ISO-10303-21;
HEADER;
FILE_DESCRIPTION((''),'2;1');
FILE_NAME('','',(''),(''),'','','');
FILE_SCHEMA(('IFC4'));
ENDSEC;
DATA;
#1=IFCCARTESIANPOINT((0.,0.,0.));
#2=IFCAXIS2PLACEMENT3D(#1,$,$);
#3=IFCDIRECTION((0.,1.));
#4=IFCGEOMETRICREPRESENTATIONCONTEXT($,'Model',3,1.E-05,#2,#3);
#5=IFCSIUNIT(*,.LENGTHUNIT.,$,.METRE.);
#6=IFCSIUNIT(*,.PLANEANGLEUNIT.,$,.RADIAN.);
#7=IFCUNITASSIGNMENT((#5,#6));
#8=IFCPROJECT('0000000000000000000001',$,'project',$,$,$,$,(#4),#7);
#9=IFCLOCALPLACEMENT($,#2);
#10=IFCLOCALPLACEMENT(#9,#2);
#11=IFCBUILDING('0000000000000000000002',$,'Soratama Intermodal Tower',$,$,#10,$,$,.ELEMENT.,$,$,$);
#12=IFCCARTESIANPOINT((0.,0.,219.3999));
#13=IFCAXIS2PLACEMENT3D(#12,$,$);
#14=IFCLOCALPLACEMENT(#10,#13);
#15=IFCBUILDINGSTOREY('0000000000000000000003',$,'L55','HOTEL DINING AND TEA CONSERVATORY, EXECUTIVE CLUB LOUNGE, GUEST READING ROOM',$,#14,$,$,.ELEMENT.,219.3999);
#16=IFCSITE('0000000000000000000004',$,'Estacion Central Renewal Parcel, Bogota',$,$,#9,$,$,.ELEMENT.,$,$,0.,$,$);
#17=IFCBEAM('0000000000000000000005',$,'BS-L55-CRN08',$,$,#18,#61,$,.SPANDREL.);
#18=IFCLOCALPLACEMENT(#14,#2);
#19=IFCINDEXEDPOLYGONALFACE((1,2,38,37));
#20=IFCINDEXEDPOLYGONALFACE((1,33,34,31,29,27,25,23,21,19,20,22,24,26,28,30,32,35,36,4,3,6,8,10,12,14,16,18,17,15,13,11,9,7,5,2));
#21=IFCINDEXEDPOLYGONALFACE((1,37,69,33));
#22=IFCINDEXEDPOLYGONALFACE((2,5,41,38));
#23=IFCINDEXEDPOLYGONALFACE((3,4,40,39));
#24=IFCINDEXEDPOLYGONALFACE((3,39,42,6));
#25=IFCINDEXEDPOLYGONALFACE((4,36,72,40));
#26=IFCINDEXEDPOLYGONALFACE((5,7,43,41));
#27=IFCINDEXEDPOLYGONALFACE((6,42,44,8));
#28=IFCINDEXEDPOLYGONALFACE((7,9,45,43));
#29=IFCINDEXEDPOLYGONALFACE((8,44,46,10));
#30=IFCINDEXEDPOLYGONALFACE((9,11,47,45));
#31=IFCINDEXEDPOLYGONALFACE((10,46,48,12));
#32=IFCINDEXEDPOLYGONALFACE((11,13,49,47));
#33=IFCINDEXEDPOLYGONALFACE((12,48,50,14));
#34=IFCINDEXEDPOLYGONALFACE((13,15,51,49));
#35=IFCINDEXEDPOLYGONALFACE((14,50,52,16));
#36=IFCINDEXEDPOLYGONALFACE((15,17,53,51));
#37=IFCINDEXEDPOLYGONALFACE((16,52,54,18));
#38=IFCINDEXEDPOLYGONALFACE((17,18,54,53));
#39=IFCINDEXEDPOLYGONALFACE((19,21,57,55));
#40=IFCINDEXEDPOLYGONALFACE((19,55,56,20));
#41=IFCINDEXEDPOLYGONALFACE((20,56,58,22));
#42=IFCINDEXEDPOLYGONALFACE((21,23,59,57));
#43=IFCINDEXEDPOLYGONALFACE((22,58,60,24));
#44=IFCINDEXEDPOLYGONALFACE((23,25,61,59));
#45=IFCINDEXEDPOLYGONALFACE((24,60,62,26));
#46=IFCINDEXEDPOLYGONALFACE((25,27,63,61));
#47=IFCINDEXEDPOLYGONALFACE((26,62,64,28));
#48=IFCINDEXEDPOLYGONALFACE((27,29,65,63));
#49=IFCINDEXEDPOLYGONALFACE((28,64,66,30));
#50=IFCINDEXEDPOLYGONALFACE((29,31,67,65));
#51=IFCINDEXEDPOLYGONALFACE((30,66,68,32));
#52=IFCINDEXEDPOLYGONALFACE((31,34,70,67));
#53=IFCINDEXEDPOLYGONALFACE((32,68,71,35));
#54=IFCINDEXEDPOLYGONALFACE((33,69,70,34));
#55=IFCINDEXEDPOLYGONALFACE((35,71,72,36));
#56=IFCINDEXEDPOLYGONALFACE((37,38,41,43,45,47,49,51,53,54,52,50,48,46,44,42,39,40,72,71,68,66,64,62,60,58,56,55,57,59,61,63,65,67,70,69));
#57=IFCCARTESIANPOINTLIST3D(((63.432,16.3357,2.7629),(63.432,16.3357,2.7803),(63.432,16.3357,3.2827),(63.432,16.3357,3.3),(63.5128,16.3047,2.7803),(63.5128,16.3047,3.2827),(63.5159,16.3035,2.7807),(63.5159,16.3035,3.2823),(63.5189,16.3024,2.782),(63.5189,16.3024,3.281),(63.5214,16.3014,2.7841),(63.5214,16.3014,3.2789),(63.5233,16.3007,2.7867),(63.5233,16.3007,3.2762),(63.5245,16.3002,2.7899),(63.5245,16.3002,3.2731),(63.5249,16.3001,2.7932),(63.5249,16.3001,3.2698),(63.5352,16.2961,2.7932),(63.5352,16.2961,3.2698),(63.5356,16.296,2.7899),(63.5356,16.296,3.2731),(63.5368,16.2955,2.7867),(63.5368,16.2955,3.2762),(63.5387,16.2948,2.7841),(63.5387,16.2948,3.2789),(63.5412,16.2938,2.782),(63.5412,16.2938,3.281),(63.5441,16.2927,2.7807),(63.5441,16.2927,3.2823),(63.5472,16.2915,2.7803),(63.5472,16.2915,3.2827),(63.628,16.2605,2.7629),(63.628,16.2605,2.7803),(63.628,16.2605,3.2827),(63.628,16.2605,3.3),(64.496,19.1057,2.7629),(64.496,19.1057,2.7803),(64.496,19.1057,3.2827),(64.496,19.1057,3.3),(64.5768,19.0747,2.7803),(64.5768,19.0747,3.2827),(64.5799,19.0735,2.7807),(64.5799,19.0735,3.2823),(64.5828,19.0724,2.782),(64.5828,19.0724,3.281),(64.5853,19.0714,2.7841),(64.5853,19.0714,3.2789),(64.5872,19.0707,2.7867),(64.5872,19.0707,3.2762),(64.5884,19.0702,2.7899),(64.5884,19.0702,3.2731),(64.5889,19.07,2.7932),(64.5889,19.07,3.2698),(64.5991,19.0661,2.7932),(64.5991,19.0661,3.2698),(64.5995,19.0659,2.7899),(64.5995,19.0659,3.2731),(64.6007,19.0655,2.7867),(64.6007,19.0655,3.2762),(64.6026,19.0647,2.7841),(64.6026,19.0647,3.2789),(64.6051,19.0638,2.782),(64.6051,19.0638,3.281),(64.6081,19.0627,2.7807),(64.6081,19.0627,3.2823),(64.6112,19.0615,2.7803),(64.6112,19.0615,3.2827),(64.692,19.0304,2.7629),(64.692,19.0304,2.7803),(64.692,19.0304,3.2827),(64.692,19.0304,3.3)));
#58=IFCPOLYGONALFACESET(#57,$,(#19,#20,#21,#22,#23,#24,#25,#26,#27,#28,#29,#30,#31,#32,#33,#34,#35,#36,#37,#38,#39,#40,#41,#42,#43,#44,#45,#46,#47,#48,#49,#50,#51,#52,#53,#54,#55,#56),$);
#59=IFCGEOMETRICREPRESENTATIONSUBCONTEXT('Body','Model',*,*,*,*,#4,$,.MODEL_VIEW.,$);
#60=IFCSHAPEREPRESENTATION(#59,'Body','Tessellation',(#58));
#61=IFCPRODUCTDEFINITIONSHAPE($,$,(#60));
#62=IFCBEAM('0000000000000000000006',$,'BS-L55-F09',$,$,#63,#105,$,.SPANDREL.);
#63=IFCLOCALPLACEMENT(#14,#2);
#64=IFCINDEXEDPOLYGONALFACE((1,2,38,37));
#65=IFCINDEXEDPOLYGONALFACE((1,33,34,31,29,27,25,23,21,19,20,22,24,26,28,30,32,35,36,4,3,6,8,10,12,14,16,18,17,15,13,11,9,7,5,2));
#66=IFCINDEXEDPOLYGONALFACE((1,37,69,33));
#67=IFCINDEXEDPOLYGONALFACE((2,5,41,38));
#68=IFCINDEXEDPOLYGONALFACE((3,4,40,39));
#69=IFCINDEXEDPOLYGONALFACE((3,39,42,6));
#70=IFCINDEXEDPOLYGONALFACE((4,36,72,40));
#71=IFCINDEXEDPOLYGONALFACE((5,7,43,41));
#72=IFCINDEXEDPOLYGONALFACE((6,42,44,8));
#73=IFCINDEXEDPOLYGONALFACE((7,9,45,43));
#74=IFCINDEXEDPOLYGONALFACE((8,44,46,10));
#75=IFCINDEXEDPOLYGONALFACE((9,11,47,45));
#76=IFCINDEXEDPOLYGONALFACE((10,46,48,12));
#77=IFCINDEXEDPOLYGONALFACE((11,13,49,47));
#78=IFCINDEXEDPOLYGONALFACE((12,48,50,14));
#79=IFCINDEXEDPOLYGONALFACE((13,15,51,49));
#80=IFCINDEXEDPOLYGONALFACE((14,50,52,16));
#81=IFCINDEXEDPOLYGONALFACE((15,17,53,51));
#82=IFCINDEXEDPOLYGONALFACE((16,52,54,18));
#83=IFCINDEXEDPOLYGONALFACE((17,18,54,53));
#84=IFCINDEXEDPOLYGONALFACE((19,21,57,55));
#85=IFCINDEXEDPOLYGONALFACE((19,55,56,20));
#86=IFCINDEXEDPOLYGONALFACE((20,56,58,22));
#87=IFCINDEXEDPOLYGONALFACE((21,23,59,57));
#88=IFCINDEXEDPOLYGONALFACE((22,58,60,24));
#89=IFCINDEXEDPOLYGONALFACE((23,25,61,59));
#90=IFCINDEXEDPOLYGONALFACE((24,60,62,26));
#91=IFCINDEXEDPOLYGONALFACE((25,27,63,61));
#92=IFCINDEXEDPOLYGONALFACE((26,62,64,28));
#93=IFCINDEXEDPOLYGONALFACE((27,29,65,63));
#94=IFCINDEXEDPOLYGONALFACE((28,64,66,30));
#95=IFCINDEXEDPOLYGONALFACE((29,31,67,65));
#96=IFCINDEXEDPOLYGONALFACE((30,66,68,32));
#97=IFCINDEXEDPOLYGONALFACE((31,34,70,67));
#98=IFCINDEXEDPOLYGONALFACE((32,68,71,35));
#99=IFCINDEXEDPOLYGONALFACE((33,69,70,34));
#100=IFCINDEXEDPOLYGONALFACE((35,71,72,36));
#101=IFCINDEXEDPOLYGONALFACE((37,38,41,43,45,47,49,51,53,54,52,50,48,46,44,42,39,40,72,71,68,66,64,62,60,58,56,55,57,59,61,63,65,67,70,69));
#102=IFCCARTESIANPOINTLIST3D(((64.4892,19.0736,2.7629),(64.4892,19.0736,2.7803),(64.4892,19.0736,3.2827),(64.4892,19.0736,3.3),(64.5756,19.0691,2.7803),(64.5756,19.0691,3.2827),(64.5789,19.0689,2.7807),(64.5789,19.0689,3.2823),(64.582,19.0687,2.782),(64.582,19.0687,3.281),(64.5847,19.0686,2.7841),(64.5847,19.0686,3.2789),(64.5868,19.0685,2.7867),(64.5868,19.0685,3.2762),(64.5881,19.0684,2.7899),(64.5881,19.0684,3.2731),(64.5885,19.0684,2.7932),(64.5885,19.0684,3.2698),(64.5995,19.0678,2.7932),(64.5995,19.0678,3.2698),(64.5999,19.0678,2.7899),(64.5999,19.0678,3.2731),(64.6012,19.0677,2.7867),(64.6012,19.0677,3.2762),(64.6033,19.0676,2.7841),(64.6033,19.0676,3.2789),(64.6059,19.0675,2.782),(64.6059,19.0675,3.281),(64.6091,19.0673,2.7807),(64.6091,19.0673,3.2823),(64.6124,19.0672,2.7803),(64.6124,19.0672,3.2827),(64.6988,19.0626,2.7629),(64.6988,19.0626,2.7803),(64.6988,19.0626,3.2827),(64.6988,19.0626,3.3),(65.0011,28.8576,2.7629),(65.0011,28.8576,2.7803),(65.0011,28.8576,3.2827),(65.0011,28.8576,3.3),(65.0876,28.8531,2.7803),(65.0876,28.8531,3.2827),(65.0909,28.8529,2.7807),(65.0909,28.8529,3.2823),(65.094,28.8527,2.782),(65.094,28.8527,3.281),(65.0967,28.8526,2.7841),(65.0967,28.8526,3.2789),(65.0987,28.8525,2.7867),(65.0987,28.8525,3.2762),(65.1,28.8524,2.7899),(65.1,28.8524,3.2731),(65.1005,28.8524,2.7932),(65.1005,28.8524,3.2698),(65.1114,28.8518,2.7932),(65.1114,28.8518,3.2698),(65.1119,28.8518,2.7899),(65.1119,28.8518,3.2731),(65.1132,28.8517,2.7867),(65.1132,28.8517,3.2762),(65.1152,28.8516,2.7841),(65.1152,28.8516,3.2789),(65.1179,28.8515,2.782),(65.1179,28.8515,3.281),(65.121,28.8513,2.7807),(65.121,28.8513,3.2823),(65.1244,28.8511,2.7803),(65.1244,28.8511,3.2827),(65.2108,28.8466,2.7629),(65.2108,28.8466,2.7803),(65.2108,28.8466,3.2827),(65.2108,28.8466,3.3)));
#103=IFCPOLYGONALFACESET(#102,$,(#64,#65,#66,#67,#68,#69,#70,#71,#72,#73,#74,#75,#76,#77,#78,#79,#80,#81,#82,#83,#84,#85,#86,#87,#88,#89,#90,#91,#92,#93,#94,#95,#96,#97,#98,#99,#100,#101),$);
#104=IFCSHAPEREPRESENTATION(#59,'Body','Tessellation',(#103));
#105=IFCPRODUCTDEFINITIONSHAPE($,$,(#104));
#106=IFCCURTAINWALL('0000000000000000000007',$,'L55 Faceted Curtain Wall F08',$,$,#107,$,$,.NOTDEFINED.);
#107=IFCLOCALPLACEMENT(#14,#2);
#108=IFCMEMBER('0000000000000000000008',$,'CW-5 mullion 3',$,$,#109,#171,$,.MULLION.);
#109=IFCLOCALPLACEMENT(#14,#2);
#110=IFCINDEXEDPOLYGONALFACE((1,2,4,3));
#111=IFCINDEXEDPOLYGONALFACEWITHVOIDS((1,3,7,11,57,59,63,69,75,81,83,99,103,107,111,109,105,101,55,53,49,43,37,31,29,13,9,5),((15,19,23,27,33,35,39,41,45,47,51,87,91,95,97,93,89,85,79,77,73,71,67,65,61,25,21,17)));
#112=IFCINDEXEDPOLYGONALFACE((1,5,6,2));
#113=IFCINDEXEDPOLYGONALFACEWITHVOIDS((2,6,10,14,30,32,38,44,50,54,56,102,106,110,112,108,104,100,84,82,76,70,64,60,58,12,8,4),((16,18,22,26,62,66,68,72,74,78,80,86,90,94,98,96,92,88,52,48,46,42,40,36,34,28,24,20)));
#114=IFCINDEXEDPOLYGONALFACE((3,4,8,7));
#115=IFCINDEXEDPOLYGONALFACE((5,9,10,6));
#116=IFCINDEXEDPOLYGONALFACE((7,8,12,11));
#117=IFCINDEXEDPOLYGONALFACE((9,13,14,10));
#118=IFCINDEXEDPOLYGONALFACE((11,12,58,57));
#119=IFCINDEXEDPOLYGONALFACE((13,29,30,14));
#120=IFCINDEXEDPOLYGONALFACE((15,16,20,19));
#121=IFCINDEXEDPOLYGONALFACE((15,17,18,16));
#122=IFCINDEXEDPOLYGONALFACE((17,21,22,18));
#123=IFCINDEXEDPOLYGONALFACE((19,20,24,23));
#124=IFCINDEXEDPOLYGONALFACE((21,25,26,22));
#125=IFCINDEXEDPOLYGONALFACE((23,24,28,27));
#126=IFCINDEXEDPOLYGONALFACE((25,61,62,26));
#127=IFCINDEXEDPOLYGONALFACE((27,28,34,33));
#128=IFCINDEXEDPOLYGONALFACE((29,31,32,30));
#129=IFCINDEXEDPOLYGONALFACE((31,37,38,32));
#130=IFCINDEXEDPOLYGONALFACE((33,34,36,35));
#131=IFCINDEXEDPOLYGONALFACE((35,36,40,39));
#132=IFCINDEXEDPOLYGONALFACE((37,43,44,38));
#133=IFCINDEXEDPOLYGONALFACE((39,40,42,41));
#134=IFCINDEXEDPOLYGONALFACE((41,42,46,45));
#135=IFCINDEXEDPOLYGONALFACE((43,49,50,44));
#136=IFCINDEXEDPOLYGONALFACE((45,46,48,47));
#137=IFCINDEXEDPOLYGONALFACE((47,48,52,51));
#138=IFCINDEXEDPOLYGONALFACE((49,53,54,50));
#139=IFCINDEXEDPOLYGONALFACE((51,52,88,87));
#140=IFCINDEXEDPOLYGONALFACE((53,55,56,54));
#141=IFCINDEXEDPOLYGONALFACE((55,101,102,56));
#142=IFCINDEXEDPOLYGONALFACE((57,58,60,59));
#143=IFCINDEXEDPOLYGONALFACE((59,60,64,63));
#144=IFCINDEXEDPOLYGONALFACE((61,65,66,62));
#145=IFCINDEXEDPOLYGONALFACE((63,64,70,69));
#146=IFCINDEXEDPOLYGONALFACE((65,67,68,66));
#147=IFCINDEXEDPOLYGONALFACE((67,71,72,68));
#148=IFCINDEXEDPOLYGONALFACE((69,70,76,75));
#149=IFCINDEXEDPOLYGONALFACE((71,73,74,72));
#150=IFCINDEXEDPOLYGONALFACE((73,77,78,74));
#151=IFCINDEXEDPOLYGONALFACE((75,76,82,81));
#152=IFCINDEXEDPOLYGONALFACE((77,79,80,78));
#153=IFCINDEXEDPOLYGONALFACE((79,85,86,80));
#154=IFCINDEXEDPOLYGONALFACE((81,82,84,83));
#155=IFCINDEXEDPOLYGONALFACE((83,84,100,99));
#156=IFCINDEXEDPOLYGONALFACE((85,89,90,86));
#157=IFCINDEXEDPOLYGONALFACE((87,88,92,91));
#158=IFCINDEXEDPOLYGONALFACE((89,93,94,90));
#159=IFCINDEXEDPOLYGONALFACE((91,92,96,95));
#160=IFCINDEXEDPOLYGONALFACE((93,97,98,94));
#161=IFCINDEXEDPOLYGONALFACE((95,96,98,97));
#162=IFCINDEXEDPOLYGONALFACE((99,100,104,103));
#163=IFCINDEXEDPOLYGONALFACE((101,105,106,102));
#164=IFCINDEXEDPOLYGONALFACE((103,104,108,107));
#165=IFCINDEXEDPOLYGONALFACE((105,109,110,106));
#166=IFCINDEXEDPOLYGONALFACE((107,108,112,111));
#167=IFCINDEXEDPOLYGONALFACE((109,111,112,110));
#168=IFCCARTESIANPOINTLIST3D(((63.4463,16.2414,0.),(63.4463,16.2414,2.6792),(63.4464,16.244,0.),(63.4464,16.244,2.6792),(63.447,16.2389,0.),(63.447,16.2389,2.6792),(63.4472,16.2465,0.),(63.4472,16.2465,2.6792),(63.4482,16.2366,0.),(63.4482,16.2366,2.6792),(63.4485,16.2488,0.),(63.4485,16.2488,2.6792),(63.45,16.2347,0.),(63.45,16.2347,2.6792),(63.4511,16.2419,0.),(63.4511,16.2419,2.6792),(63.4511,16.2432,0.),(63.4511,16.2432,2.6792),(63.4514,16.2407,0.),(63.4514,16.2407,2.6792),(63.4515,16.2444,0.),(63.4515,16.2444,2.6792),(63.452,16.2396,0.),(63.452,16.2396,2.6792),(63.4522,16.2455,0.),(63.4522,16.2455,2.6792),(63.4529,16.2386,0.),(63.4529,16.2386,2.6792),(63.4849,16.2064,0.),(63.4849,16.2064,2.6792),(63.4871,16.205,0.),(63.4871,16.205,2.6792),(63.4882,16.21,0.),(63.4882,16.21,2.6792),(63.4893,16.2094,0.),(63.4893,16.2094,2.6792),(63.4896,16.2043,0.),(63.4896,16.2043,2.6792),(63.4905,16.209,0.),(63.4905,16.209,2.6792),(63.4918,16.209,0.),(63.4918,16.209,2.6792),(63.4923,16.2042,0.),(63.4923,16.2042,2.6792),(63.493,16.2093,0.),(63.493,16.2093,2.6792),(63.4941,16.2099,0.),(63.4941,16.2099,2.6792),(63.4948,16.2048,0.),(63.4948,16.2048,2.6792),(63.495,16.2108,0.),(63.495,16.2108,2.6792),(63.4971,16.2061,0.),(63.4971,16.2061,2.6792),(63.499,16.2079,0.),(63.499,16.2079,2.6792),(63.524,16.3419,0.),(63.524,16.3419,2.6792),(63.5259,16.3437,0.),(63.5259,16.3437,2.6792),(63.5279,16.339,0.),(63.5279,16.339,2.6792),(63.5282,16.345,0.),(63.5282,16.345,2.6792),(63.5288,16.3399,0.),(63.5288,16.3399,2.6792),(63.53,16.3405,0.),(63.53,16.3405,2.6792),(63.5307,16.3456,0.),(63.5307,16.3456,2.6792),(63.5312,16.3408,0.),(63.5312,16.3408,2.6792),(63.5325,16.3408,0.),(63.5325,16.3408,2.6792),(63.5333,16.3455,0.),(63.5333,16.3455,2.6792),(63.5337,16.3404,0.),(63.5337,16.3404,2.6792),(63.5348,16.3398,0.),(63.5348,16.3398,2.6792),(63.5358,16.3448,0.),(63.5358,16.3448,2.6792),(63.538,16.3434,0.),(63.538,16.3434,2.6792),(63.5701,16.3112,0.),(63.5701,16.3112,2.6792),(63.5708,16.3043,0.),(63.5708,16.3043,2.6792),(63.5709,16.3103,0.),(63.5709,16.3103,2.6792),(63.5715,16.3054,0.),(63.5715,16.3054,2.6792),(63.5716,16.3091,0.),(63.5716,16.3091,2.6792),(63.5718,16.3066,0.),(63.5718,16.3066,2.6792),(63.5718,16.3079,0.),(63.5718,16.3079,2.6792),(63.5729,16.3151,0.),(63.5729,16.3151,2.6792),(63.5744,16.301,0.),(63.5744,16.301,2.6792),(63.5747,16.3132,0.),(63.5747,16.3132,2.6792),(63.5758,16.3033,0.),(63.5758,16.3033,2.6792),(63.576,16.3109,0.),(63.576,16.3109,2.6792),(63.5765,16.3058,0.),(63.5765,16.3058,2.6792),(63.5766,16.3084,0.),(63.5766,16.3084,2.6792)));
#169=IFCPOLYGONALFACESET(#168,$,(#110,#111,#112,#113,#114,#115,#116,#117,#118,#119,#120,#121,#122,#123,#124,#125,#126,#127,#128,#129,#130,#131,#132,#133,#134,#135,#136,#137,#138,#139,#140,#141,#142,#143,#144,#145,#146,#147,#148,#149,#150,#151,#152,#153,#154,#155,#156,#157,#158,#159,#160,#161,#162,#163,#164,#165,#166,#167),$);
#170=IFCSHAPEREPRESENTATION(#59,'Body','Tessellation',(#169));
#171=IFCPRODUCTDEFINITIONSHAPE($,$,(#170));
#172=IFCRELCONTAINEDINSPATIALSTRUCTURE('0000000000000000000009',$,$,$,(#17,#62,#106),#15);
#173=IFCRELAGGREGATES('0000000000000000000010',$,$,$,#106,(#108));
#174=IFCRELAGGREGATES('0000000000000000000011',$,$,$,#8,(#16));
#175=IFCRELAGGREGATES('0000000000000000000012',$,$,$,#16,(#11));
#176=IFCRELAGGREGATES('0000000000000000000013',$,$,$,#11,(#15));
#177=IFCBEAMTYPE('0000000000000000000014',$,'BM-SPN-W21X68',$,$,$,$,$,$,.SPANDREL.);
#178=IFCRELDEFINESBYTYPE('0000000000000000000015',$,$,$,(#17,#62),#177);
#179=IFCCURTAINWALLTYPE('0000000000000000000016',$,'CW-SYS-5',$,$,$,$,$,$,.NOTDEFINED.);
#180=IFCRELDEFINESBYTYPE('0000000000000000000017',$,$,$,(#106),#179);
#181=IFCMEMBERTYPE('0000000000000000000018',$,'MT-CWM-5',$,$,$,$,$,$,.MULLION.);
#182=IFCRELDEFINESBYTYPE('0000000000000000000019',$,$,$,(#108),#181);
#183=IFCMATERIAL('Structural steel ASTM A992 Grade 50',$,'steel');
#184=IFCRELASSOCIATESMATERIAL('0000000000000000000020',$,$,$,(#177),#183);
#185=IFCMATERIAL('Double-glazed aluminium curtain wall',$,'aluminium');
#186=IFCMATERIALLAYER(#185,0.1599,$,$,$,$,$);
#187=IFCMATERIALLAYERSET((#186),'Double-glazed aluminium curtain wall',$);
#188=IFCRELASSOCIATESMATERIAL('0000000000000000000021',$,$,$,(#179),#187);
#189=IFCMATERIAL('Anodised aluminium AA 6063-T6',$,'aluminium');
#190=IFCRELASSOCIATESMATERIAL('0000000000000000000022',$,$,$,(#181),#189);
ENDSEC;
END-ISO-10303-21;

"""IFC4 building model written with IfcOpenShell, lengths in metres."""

from ifc_helpers import new_model, si_unit, direction, frame, origin, origin_2d, place, context, subcontext, project, spatial, hollow_rectangle, i_section, extrude, material, layer, layer_set, material_profile, profile_set, type_object, element, aggregate, save


model = new_model("IFC4")

# Units and contexts
model_context = context("Model", 3, precision=1e-05, world=origin(), true_north=direction((0.0, 1.0)))
body_context = subcontext(model_context, "Body", "Model", "MODEL_VIEW")
ifc_project = project(units=[si_unit("LENGTHUNIT", "METRE"), si_unit("PLANEANGLEUNIT", "RADIAN")], contexts=[model_context])

# Site, building, storey
site_placement = place(None, origin())
site = spatial("IfcSite", under=ifc_project, at=site_placement, Name="Estacion Central Renewal Parcel, Bogota", CompositionType="ELEMENT", RefElevation=0.0)
building_placement = place(site_placement, origin())
building = spatial("IfcBuilding", under=site, at=building_placement, Name="Soratama Intermodal Tower", CompositionType="ELEMENT")
storey_placement = place(building_placement, frame((0.0, 0.0, 219.3999)))
storey = spatial("IfcBuildingStorey", under=building, at=storey_placement, Name="L55", Description="HOTEL DINING AND TEA CONSERVATORY, EXECUTIVE CLUB LOUNGE, GUEST READING ROOM", CompositionType="ELEMENT", Elevation=219.3999)

# Beams
ifc_material_1 = material(Name="Structural steel ASTM A992 Grade 50", Category="steel")
ifc_material_profile_1 = material_profile(ifc_material_1, i_section(OverallWidth=0.21, OverallDepth=0.5371, WebThickness=0.011, FlangeThickness=0.0173, FilletRadius=0.0129, at=origin_2d()), Name="W21X68")
ifc_profile_set_1 = profile_set([ifc_material_profile_1], Name="Structural steel ASTM A992 Grade 50")
beam_type_1 = type_object("IfcBeamType", Name="BM-SPN-W21X68", PredefinedType="SPANDREL", material=ifc_profile_set_1)
beam_1_placement = place(storey_placement, frame((63.53, 16.2981, 3.0315), z_axis=(0.35856, 0.933507, 0.0), x_axis=(-0.933507, 0.35856, 0.0)))
element("IfcBeam", 1, at=beam_1_placement, inside=storey, type_object=beam_type_1, Name="BS-L55-CRN08", PredefinedType="SPANDREL", context=body_context, shape_type="SweptSolid", body=[
    extrude(i_section(OverallWidth=0.21, OverallDepth=0.5371, WebThickness=0.011, FlangeThickness=0.0173, FilletRadius=0.0129, at=origin_2d()), origin(), (0.0, 0.0, 1.0), 2.9673),
])
beam_2_placement = place(storey_placement, frame((64.594, 19.0681, 3.0315), z_axis=(0.052255, 0.998634, 0.0), x_axis=(-0.998634, 0.052255, 0.0)))
element("IfcBeam", 2, at=beam_2_placement, inside=storey, type_object=beam_type_1, Name="BS-L55-F09", PredefinedType="SPANDREL", context=body_context, shape_type="SweptSolid", body=[
    extrude(i_section(OverallWidth=0.21, OverallDepth=0.5371, WebThickness=0.011, FlangeThickness=0.0173, FilletRadius=0.0129, at=origin_2d()), origin(), (0.0, 0.0, 1.0), 9.7974),
])

# Curtain wall, member
ifc_material_2 = material(Name="Double-glazed aluminium curtain wall", Category="aluminium")
ifc_layer_1 = layer(ifc_material_2, 0.1599)
ifc_layer_set_1 = layer_set([ifc_layer_1], Name="Double-glazed aluminium curtain wall")
curtain_wall_type = type_object("IfcCurtainWallType", Name="CW-SYS-5", PredefinedType="NOTDEFINED", material=ifc_layer_set_1)
curtain_wall_1_placement = place(storey_placement, origin())
curtain_wall_1 = element("IfcCurtainWall", 3, at=curtain_wall_1_placement, inside=storey, type_object=curtain_wall_type, Name="L55 Faceted Curtain Wall F08", PredefinedType="NOTDEFINED")
ifc_material_3 = material(Name="Anodised aluminium AA 6063-T6", Category="aluminium")
ifc_material_profile_2 = material_profile(ifc_material_3, hollow_rectangle(XDim=0.0649, YDim=0.1399, WallThickness=0.0049, InnerFilletRadius=0.0049, OuterFilletRadius=0.01, at=origin_2d()), Name="CWM140X65X5")
ifc_profile_set_2 = profile_set([ifc_material_profile_2], Name="Anodised aluminium AA 6063-T6")
member_type_1 = type_object("IfcMemberType", Name="MT-CWM-5", PredefinedType="MULLION", material=ifc_profile_set_2)
member_1_placement = place(storey_placement, frame((63.5115, 16.2749, 0.0), z_axis=(0.0, 0.0, 1.0), x_axis=(-0.777153, 0.629312, 0.0)))
member_1 = element("IfcMember", 4, at=member_1_placement, type_object=member_type_1, Name="CW-5 mullion 3", PredefinedType="MULLION", context=body_context, shape_type="SweptSolid", body=[
    extrude(hollow_rectangle(XDim=0.0649, YDim=0.1399, WallThickness=0.0049, InnerFilletRadius=0.0049, OuterFilletRadius=0.01, at=origin_2d()), origin(), (0.0, 0.0, 1.0), 2.6792),
])

aggregate(curtain_wall_1, [member_1])

save(model, "model.ifc")
